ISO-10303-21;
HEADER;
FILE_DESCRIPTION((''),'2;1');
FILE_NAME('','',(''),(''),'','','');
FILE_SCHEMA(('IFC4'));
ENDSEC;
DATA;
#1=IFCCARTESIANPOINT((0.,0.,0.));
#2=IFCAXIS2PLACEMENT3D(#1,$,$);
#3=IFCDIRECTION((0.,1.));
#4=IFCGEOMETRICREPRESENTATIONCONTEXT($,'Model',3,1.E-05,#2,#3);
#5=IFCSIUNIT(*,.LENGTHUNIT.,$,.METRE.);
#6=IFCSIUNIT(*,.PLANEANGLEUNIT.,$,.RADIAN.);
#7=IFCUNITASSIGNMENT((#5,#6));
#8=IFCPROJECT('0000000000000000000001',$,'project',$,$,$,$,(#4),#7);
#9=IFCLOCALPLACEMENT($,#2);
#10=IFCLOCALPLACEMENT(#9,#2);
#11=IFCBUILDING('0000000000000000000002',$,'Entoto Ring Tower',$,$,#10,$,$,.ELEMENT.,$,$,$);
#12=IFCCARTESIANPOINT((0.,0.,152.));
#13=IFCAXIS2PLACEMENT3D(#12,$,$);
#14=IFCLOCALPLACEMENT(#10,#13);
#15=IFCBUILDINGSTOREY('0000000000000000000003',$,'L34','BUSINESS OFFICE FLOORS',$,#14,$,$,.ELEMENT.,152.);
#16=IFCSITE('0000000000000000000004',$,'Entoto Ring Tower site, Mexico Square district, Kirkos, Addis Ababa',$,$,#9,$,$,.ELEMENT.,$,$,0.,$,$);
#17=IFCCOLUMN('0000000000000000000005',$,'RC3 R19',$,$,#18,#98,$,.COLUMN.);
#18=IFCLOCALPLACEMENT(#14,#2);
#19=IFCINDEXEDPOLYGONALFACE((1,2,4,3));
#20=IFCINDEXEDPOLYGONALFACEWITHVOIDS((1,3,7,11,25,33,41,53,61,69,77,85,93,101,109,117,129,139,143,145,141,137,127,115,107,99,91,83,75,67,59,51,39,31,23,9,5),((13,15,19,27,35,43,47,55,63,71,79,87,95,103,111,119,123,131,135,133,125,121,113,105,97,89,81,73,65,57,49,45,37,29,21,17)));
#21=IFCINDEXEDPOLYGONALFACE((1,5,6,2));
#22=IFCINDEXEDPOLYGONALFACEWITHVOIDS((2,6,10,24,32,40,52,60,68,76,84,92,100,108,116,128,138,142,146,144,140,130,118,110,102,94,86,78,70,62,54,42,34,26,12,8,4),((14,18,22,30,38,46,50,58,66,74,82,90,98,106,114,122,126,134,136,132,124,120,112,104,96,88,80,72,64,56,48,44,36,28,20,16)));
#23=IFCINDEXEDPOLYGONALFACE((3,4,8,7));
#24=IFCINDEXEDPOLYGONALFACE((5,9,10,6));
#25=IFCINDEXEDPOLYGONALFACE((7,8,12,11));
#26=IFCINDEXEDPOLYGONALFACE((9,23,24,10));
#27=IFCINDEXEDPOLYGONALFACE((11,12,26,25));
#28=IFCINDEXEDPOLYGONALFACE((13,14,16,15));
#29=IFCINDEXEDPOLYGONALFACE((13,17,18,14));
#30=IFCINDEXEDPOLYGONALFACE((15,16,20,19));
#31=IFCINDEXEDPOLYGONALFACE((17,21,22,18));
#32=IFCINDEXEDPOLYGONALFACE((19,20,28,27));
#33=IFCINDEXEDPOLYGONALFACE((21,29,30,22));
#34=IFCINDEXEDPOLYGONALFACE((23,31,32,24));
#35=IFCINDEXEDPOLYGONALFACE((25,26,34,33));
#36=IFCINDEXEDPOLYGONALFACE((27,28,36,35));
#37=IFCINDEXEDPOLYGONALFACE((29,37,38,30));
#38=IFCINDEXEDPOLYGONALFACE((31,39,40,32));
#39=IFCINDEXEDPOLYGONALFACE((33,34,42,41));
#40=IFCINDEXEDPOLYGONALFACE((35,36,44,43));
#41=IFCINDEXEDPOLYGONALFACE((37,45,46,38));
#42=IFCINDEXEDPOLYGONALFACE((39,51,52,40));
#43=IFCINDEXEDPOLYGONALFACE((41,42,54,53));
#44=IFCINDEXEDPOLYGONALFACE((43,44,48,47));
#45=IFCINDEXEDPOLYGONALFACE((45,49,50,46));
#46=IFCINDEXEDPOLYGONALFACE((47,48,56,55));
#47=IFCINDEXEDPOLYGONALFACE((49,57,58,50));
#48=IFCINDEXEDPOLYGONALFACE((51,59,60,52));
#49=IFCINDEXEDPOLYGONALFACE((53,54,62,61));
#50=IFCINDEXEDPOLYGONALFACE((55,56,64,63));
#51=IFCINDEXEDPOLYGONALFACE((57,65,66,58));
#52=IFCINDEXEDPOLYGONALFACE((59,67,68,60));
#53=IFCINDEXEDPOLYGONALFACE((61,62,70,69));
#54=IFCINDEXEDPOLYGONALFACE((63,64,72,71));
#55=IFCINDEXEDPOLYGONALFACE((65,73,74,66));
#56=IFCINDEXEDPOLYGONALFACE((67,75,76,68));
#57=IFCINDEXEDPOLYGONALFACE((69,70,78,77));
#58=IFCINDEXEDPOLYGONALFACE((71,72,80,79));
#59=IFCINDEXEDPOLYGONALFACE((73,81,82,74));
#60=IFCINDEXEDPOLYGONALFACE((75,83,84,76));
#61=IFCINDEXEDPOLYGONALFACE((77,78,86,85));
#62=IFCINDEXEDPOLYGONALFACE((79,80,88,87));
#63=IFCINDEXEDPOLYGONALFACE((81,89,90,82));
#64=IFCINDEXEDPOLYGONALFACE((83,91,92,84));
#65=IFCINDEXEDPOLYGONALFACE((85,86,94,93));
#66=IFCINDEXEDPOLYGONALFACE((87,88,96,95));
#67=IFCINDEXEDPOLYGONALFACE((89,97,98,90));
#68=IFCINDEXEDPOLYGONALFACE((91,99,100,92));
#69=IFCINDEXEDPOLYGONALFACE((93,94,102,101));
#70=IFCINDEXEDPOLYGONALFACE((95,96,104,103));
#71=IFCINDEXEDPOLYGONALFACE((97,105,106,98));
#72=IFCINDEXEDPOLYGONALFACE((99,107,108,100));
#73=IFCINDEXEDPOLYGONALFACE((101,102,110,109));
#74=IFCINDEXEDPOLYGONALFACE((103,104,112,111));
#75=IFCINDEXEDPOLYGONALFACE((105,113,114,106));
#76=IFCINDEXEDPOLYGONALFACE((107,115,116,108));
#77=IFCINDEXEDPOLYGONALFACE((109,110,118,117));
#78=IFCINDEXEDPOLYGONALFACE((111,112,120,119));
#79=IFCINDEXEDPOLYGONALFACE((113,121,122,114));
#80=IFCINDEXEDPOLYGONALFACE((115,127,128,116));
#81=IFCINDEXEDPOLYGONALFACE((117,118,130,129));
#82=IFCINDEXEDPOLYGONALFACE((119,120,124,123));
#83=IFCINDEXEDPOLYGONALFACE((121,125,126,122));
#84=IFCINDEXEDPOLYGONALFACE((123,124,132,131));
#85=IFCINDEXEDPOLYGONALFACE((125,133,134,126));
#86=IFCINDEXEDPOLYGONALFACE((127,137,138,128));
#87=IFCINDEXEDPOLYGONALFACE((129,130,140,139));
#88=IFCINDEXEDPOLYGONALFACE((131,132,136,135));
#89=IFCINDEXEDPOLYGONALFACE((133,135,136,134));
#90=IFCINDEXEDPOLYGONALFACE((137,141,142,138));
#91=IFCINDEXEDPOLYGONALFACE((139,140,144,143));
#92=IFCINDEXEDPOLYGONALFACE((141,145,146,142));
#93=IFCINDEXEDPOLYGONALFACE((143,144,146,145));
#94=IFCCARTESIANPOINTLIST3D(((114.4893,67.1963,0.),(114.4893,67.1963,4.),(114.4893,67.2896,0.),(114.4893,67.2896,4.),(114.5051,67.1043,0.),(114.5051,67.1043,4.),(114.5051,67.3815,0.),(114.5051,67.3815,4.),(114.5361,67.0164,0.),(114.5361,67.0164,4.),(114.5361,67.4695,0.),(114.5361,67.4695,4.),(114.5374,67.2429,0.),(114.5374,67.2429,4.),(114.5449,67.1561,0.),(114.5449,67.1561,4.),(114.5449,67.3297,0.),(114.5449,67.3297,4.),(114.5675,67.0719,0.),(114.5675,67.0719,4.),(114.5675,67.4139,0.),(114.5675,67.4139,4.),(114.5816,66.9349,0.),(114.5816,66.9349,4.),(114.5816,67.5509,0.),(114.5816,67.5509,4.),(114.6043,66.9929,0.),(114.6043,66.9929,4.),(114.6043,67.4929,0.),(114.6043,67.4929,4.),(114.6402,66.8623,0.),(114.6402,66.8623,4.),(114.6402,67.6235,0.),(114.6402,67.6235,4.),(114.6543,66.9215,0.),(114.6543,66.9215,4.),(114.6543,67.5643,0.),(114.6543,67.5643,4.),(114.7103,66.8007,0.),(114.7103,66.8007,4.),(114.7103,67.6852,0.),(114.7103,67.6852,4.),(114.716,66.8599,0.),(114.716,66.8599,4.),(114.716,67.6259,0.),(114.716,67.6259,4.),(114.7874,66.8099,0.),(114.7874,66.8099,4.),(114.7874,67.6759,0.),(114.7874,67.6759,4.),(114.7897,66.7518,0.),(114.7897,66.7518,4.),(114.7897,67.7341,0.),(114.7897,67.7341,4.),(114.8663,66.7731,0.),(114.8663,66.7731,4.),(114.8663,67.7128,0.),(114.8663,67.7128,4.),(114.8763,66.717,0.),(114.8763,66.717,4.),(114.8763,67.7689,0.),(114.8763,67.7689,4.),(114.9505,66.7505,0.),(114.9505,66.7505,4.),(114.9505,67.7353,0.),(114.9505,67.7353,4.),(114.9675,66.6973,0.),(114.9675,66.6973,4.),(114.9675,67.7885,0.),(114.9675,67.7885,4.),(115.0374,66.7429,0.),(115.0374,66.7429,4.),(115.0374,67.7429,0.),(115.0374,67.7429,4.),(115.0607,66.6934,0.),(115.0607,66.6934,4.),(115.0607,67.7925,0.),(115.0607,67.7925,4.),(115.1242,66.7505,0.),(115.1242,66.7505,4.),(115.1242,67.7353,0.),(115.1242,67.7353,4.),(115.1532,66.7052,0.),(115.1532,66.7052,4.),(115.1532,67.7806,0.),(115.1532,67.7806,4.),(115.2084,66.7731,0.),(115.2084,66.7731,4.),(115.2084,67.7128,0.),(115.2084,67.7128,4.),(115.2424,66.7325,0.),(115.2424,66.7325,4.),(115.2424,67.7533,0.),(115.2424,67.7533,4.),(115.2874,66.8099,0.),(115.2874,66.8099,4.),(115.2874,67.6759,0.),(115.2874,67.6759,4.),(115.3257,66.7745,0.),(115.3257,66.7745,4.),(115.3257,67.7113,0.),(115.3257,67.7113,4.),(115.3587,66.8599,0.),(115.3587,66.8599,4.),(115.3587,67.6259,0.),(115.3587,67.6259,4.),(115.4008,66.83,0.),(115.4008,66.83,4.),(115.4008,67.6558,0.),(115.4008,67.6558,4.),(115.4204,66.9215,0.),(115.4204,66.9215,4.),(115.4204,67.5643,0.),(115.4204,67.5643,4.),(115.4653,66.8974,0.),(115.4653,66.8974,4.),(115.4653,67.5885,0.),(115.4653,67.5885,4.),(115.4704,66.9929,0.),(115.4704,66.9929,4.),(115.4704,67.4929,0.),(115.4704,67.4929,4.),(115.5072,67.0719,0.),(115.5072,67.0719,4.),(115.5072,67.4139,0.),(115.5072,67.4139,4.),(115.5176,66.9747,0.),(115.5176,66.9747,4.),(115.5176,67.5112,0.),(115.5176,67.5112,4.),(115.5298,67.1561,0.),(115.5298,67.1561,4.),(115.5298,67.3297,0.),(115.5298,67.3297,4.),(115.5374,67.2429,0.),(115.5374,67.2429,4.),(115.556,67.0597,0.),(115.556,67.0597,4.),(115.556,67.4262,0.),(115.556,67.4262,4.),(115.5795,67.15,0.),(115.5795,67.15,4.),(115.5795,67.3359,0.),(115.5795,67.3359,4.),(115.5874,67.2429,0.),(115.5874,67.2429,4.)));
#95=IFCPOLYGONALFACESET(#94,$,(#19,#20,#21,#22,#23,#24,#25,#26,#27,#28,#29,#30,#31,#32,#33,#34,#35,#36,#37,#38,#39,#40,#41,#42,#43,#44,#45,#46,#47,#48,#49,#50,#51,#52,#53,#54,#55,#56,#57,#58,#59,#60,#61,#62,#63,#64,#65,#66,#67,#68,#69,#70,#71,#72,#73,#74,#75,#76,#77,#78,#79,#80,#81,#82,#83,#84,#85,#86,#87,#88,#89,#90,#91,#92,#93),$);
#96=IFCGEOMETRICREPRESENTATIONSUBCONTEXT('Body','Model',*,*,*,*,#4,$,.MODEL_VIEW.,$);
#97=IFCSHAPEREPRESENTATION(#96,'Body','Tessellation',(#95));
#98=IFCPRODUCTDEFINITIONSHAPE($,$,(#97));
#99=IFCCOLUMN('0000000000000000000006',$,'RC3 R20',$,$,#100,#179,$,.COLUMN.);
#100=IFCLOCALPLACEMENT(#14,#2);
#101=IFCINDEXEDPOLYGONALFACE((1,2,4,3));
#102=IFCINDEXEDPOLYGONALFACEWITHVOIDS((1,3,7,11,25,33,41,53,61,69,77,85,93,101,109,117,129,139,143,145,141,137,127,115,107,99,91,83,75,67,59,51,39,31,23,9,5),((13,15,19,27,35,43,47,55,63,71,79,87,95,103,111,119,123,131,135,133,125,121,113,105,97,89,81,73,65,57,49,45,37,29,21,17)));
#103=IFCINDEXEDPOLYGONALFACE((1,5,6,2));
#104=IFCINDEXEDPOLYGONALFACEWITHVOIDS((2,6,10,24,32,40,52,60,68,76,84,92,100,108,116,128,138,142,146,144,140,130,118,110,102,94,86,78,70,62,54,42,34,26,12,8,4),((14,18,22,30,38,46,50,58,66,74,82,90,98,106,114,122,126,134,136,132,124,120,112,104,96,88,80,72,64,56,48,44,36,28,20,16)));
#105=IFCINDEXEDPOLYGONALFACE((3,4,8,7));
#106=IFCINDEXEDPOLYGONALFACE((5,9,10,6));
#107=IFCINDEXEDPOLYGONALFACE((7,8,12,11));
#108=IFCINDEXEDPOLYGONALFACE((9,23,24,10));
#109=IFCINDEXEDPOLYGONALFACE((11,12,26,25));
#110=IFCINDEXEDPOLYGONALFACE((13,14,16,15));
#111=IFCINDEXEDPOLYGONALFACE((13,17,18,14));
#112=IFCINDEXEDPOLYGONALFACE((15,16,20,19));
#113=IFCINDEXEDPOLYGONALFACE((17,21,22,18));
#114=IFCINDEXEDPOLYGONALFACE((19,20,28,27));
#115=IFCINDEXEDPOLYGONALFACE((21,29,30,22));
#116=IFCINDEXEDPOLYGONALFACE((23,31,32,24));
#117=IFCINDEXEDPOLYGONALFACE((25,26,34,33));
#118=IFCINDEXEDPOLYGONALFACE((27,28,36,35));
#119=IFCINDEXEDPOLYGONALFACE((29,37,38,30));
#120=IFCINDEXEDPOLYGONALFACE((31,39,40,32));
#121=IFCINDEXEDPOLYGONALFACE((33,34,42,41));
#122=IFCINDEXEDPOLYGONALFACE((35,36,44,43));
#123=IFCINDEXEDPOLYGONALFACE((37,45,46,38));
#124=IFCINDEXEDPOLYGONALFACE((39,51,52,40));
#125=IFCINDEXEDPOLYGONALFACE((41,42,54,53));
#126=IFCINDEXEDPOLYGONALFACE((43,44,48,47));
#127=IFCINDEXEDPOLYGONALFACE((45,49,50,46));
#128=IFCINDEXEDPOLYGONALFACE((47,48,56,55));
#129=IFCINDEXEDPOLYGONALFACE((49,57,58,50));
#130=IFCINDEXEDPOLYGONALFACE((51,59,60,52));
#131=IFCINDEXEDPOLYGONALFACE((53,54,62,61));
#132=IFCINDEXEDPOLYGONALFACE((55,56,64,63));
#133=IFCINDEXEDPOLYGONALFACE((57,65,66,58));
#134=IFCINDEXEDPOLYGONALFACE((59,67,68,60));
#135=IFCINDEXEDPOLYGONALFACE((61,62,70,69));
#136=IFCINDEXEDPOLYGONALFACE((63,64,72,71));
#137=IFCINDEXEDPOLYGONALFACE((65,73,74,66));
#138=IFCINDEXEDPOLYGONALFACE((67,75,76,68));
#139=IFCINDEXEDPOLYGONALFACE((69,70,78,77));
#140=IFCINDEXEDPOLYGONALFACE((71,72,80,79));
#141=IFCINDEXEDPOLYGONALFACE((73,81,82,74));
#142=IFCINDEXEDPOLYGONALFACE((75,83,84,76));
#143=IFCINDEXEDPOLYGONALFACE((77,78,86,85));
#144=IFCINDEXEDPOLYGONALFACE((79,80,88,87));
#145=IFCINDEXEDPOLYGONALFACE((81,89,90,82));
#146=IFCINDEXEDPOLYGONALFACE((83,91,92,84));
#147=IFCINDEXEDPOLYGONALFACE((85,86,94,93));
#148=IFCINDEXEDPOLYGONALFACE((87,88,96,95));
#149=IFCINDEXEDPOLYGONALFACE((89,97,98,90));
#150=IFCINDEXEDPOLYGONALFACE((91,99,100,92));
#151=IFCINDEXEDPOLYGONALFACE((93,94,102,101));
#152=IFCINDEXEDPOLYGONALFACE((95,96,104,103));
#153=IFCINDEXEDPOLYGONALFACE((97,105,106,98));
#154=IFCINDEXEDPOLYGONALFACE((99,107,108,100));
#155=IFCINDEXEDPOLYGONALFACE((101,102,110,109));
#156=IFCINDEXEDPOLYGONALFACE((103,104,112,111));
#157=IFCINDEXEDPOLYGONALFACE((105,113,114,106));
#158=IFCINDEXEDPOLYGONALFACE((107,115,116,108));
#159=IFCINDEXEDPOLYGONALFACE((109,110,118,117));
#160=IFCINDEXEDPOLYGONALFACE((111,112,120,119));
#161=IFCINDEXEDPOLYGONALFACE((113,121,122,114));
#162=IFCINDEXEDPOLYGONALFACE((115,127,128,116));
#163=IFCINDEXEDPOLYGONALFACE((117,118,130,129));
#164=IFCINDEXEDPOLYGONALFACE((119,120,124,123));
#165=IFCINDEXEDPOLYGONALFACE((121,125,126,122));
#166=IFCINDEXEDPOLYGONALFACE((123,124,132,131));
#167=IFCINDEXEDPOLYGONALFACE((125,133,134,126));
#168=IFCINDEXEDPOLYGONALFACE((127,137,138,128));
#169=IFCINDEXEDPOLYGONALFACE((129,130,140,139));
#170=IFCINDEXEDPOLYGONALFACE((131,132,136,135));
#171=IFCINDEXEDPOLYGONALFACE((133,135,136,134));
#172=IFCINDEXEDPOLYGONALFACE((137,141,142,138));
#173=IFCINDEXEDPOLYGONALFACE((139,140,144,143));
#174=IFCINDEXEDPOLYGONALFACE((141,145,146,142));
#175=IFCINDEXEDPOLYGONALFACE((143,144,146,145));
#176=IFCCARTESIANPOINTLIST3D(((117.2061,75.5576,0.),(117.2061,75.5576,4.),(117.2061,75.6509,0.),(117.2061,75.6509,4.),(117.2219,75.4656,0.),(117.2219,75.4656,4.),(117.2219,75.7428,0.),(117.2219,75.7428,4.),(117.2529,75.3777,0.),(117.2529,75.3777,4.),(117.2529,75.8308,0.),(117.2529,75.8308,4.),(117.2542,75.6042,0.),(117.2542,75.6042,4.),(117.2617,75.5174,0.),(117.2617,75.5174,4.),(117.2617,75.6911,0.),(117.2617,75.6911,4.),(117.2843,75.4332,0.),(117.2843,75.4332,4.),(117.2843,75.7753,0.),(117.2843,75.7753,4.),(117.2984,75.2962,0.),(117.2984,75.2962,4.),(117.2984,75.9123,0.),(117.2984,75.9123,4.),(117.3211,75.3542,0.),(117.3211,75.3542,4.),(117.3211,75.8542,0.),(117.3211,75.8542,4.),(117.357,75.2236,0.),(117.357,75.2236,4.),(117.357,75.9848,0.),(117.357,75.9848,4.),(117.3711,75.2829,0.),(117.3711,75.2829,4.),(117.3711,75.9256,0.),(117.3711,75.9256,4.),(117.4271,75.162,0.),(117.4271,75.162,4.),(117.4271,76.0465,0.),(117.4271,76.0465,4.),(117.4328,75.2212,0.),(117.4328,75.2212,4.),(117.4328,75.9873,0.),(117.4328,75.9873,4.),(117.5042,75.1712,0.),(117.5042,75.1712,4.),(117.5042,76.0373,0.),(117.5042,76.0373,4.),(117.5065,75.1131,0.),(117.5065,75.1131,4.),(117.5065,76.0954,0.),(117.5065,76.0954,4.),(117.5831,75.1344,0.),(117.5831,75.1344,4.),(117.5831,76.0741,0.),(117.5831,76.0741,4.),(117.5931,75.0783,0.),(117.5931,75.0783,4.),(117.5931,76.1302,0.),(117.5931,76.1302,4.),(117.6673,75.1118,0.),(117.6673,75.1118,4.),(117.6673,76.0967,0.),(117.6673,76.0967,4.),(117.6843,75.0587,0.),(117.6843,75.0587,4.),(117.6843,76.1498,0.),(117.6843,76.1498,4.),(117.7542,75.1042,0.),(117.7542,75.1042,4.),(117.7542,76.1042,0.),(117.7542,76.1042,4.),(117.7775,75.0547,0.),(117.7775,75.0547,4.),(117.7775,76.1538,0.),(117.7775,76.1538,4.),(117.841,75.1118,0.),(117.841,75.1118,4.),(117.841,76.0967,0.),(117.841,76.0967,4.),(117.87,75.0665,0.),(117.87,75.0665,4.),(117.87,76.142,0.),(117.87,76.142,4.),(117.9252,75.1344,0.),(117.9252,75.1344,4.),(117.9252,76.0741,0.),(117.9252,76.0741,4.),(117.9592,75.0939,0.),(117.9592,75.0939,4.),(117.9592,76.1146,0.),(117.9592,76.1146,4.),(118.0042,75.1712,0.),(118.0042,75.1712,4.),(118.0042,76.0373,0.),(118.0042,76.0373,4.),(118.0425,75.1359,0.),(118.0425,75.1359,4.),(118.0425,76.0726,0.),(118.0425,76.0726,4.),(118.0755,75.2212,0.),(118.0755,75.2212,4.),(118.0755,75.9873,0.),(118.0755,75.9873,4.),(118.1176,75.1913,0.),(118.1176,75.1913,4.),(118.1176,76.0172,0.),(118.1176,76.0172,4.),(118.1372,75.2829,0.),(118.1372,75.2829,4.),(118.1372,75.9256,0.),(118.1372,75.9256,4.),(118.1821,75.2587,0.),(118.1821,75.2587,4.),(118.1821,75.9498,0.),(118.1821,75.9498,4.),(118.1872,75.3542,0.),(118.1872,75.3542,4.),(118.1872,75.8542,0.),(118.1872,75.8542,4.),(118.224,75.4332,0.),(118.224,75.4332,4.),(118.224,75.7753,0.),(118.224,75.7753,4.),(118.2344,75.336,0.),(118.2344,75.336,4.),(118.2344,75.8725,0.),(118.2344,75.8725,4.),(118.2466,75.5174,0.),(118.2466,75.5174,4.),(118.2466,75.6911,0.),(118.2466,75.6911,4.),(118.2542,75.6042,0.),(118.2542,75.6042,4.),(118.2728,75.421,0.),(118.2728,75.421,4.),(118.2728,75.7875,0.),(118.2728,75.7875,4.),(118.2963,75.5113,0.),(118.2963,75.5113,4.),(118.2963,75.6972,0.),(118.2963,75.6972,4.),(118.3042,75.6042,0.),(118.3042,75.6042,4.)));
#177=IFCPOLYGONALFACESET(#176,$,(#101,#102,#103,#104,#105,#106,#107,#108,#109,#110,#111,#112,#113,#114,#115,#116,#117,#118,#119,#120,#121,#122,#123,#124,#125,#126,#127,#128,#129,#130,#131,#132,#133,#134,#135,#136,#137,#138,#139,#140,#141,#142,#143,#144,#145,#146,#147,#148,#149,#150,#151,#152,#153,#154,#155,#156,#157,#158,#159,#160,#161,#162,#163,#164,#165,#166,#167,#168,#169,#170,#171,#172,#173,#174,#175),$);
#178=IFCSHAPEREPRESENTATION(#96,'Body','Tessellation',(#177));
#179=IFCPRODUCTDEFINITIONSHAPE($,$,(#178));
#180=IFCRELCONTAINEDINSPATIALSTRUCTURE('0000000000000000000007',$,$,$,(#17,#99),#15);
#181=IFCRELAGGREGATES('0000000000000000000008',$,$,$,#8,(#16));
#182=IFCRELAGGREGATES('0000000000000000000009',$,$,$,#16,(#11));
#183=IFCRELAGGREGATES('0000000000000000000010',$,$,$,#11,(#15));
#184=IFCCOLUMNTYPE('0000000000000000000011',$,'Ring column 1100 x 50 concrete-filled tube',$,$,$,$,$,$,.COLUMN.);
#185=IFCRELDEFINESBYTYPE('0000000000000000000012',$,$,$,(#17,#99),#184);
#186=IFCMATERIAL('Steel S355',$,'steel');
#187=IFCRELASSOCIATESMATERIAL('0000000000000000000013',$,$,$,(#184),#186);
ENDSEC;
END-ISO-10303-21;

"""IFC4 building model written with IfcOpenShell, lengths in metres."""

from ifc_helpers import new_model, si_unit, direction, frame, origin, origin_2d, place, context, subcontext, project, spatial, circle, hollow_circle, extrude, material, material_profile, profile_set, type_object, element, save


model = new_model("IFC4")

# Units and contexts
model_context = context("Model", 3, precision=1e-05, world=origin(), true_north=direction((0.0, 1.0)))
body_context = subcontext(model_context, "Body", "Model", "MODEL_VIEW")
ifc_project = project(units=[si_unit("LENGTHUNIT", "METRE"), si_unit("PLANEANGLEUNIT", "RADIAN")], contexts=[model_context])

# Site, building, storey
site_placement = place(None, origin())
site = spatial("IfcSite", under=ifc_project, at=site_placement, Name="Entoto Ring Tower site, Mexico Square district, Kirkos, Addis Ababa", CompositionType="ELEMENT", RefElevation=0.0)
building_placement = place(site_placement, origin())
building = spatial("IfcBuilding", under=site, at=building_placement, Name="Entoto Ring Tower", CompositionType="ELEMENT")
storey_placement = place(building_placement, frame((0.0, 0.0, 152.0)))
storey = spatial("IfcBuildingStorey", under=building, at=storey_placement, Name="L34", Description="BUSINESS OFFICE FLOORS", CompositionType="ELEMENT", Elevation=152.0)

# Columns
ifc_material_1 = material(Name="Steel S355", Category="steel")
ifc_material_profile_1 = material_profile(ifc_material_1, hollow_circle(Radius=0.55, WallThickness=0.05, at=origin_2d()), Name="CHS 1100 x 50")
ifc_material_2 = material(Name="Concrete C60/75", Category="concrete")
ifc_material_profile_2 = material_profile(ifc_material_2, circle(Radius=0.5, at=origin_2d()), Name="Concrete C60/75 infill")
ifc_profile_set_1 = profile_set([ifc_material_profile_1, ifc_material_profile_2], Name="Steel S355")
column_type = type_object("IfcColumnType", Name="Ring column 1100 x 50 concrete-filled tube", PredefinedType="COLUMN", material=ifc_profile_set_1)
for number, where, z_axis, x_axis, name in (
    (1, (115.0374, 67.2429, 0.0), (0.0, 0.0, 1.0), (1.0, 0.0, 0.0), "RC3 R19"),
    (2, (117.7542, 75.6042, 0.0), (0.0, 0.0, 1.0), (1.0, 0.0, 0.0), "RC3 R20"),
):
    element("IfcColumn", number, at=place(storey_placement, frame(where, z_axis=z_axis, x_axis=x_axis)), inside=storey, type_object=column_type, Name=name, PredefinedType="COLUMN", context=body_context, shape_type="SweptSolid", body=[
        extrude(hollow_circle(Radius=0.55, WallThickness=0.05, at=origin_2d()), origin(), (0.0, 0.0, 1.0), 4.0),
    ])

save(model, "model.ifc")
